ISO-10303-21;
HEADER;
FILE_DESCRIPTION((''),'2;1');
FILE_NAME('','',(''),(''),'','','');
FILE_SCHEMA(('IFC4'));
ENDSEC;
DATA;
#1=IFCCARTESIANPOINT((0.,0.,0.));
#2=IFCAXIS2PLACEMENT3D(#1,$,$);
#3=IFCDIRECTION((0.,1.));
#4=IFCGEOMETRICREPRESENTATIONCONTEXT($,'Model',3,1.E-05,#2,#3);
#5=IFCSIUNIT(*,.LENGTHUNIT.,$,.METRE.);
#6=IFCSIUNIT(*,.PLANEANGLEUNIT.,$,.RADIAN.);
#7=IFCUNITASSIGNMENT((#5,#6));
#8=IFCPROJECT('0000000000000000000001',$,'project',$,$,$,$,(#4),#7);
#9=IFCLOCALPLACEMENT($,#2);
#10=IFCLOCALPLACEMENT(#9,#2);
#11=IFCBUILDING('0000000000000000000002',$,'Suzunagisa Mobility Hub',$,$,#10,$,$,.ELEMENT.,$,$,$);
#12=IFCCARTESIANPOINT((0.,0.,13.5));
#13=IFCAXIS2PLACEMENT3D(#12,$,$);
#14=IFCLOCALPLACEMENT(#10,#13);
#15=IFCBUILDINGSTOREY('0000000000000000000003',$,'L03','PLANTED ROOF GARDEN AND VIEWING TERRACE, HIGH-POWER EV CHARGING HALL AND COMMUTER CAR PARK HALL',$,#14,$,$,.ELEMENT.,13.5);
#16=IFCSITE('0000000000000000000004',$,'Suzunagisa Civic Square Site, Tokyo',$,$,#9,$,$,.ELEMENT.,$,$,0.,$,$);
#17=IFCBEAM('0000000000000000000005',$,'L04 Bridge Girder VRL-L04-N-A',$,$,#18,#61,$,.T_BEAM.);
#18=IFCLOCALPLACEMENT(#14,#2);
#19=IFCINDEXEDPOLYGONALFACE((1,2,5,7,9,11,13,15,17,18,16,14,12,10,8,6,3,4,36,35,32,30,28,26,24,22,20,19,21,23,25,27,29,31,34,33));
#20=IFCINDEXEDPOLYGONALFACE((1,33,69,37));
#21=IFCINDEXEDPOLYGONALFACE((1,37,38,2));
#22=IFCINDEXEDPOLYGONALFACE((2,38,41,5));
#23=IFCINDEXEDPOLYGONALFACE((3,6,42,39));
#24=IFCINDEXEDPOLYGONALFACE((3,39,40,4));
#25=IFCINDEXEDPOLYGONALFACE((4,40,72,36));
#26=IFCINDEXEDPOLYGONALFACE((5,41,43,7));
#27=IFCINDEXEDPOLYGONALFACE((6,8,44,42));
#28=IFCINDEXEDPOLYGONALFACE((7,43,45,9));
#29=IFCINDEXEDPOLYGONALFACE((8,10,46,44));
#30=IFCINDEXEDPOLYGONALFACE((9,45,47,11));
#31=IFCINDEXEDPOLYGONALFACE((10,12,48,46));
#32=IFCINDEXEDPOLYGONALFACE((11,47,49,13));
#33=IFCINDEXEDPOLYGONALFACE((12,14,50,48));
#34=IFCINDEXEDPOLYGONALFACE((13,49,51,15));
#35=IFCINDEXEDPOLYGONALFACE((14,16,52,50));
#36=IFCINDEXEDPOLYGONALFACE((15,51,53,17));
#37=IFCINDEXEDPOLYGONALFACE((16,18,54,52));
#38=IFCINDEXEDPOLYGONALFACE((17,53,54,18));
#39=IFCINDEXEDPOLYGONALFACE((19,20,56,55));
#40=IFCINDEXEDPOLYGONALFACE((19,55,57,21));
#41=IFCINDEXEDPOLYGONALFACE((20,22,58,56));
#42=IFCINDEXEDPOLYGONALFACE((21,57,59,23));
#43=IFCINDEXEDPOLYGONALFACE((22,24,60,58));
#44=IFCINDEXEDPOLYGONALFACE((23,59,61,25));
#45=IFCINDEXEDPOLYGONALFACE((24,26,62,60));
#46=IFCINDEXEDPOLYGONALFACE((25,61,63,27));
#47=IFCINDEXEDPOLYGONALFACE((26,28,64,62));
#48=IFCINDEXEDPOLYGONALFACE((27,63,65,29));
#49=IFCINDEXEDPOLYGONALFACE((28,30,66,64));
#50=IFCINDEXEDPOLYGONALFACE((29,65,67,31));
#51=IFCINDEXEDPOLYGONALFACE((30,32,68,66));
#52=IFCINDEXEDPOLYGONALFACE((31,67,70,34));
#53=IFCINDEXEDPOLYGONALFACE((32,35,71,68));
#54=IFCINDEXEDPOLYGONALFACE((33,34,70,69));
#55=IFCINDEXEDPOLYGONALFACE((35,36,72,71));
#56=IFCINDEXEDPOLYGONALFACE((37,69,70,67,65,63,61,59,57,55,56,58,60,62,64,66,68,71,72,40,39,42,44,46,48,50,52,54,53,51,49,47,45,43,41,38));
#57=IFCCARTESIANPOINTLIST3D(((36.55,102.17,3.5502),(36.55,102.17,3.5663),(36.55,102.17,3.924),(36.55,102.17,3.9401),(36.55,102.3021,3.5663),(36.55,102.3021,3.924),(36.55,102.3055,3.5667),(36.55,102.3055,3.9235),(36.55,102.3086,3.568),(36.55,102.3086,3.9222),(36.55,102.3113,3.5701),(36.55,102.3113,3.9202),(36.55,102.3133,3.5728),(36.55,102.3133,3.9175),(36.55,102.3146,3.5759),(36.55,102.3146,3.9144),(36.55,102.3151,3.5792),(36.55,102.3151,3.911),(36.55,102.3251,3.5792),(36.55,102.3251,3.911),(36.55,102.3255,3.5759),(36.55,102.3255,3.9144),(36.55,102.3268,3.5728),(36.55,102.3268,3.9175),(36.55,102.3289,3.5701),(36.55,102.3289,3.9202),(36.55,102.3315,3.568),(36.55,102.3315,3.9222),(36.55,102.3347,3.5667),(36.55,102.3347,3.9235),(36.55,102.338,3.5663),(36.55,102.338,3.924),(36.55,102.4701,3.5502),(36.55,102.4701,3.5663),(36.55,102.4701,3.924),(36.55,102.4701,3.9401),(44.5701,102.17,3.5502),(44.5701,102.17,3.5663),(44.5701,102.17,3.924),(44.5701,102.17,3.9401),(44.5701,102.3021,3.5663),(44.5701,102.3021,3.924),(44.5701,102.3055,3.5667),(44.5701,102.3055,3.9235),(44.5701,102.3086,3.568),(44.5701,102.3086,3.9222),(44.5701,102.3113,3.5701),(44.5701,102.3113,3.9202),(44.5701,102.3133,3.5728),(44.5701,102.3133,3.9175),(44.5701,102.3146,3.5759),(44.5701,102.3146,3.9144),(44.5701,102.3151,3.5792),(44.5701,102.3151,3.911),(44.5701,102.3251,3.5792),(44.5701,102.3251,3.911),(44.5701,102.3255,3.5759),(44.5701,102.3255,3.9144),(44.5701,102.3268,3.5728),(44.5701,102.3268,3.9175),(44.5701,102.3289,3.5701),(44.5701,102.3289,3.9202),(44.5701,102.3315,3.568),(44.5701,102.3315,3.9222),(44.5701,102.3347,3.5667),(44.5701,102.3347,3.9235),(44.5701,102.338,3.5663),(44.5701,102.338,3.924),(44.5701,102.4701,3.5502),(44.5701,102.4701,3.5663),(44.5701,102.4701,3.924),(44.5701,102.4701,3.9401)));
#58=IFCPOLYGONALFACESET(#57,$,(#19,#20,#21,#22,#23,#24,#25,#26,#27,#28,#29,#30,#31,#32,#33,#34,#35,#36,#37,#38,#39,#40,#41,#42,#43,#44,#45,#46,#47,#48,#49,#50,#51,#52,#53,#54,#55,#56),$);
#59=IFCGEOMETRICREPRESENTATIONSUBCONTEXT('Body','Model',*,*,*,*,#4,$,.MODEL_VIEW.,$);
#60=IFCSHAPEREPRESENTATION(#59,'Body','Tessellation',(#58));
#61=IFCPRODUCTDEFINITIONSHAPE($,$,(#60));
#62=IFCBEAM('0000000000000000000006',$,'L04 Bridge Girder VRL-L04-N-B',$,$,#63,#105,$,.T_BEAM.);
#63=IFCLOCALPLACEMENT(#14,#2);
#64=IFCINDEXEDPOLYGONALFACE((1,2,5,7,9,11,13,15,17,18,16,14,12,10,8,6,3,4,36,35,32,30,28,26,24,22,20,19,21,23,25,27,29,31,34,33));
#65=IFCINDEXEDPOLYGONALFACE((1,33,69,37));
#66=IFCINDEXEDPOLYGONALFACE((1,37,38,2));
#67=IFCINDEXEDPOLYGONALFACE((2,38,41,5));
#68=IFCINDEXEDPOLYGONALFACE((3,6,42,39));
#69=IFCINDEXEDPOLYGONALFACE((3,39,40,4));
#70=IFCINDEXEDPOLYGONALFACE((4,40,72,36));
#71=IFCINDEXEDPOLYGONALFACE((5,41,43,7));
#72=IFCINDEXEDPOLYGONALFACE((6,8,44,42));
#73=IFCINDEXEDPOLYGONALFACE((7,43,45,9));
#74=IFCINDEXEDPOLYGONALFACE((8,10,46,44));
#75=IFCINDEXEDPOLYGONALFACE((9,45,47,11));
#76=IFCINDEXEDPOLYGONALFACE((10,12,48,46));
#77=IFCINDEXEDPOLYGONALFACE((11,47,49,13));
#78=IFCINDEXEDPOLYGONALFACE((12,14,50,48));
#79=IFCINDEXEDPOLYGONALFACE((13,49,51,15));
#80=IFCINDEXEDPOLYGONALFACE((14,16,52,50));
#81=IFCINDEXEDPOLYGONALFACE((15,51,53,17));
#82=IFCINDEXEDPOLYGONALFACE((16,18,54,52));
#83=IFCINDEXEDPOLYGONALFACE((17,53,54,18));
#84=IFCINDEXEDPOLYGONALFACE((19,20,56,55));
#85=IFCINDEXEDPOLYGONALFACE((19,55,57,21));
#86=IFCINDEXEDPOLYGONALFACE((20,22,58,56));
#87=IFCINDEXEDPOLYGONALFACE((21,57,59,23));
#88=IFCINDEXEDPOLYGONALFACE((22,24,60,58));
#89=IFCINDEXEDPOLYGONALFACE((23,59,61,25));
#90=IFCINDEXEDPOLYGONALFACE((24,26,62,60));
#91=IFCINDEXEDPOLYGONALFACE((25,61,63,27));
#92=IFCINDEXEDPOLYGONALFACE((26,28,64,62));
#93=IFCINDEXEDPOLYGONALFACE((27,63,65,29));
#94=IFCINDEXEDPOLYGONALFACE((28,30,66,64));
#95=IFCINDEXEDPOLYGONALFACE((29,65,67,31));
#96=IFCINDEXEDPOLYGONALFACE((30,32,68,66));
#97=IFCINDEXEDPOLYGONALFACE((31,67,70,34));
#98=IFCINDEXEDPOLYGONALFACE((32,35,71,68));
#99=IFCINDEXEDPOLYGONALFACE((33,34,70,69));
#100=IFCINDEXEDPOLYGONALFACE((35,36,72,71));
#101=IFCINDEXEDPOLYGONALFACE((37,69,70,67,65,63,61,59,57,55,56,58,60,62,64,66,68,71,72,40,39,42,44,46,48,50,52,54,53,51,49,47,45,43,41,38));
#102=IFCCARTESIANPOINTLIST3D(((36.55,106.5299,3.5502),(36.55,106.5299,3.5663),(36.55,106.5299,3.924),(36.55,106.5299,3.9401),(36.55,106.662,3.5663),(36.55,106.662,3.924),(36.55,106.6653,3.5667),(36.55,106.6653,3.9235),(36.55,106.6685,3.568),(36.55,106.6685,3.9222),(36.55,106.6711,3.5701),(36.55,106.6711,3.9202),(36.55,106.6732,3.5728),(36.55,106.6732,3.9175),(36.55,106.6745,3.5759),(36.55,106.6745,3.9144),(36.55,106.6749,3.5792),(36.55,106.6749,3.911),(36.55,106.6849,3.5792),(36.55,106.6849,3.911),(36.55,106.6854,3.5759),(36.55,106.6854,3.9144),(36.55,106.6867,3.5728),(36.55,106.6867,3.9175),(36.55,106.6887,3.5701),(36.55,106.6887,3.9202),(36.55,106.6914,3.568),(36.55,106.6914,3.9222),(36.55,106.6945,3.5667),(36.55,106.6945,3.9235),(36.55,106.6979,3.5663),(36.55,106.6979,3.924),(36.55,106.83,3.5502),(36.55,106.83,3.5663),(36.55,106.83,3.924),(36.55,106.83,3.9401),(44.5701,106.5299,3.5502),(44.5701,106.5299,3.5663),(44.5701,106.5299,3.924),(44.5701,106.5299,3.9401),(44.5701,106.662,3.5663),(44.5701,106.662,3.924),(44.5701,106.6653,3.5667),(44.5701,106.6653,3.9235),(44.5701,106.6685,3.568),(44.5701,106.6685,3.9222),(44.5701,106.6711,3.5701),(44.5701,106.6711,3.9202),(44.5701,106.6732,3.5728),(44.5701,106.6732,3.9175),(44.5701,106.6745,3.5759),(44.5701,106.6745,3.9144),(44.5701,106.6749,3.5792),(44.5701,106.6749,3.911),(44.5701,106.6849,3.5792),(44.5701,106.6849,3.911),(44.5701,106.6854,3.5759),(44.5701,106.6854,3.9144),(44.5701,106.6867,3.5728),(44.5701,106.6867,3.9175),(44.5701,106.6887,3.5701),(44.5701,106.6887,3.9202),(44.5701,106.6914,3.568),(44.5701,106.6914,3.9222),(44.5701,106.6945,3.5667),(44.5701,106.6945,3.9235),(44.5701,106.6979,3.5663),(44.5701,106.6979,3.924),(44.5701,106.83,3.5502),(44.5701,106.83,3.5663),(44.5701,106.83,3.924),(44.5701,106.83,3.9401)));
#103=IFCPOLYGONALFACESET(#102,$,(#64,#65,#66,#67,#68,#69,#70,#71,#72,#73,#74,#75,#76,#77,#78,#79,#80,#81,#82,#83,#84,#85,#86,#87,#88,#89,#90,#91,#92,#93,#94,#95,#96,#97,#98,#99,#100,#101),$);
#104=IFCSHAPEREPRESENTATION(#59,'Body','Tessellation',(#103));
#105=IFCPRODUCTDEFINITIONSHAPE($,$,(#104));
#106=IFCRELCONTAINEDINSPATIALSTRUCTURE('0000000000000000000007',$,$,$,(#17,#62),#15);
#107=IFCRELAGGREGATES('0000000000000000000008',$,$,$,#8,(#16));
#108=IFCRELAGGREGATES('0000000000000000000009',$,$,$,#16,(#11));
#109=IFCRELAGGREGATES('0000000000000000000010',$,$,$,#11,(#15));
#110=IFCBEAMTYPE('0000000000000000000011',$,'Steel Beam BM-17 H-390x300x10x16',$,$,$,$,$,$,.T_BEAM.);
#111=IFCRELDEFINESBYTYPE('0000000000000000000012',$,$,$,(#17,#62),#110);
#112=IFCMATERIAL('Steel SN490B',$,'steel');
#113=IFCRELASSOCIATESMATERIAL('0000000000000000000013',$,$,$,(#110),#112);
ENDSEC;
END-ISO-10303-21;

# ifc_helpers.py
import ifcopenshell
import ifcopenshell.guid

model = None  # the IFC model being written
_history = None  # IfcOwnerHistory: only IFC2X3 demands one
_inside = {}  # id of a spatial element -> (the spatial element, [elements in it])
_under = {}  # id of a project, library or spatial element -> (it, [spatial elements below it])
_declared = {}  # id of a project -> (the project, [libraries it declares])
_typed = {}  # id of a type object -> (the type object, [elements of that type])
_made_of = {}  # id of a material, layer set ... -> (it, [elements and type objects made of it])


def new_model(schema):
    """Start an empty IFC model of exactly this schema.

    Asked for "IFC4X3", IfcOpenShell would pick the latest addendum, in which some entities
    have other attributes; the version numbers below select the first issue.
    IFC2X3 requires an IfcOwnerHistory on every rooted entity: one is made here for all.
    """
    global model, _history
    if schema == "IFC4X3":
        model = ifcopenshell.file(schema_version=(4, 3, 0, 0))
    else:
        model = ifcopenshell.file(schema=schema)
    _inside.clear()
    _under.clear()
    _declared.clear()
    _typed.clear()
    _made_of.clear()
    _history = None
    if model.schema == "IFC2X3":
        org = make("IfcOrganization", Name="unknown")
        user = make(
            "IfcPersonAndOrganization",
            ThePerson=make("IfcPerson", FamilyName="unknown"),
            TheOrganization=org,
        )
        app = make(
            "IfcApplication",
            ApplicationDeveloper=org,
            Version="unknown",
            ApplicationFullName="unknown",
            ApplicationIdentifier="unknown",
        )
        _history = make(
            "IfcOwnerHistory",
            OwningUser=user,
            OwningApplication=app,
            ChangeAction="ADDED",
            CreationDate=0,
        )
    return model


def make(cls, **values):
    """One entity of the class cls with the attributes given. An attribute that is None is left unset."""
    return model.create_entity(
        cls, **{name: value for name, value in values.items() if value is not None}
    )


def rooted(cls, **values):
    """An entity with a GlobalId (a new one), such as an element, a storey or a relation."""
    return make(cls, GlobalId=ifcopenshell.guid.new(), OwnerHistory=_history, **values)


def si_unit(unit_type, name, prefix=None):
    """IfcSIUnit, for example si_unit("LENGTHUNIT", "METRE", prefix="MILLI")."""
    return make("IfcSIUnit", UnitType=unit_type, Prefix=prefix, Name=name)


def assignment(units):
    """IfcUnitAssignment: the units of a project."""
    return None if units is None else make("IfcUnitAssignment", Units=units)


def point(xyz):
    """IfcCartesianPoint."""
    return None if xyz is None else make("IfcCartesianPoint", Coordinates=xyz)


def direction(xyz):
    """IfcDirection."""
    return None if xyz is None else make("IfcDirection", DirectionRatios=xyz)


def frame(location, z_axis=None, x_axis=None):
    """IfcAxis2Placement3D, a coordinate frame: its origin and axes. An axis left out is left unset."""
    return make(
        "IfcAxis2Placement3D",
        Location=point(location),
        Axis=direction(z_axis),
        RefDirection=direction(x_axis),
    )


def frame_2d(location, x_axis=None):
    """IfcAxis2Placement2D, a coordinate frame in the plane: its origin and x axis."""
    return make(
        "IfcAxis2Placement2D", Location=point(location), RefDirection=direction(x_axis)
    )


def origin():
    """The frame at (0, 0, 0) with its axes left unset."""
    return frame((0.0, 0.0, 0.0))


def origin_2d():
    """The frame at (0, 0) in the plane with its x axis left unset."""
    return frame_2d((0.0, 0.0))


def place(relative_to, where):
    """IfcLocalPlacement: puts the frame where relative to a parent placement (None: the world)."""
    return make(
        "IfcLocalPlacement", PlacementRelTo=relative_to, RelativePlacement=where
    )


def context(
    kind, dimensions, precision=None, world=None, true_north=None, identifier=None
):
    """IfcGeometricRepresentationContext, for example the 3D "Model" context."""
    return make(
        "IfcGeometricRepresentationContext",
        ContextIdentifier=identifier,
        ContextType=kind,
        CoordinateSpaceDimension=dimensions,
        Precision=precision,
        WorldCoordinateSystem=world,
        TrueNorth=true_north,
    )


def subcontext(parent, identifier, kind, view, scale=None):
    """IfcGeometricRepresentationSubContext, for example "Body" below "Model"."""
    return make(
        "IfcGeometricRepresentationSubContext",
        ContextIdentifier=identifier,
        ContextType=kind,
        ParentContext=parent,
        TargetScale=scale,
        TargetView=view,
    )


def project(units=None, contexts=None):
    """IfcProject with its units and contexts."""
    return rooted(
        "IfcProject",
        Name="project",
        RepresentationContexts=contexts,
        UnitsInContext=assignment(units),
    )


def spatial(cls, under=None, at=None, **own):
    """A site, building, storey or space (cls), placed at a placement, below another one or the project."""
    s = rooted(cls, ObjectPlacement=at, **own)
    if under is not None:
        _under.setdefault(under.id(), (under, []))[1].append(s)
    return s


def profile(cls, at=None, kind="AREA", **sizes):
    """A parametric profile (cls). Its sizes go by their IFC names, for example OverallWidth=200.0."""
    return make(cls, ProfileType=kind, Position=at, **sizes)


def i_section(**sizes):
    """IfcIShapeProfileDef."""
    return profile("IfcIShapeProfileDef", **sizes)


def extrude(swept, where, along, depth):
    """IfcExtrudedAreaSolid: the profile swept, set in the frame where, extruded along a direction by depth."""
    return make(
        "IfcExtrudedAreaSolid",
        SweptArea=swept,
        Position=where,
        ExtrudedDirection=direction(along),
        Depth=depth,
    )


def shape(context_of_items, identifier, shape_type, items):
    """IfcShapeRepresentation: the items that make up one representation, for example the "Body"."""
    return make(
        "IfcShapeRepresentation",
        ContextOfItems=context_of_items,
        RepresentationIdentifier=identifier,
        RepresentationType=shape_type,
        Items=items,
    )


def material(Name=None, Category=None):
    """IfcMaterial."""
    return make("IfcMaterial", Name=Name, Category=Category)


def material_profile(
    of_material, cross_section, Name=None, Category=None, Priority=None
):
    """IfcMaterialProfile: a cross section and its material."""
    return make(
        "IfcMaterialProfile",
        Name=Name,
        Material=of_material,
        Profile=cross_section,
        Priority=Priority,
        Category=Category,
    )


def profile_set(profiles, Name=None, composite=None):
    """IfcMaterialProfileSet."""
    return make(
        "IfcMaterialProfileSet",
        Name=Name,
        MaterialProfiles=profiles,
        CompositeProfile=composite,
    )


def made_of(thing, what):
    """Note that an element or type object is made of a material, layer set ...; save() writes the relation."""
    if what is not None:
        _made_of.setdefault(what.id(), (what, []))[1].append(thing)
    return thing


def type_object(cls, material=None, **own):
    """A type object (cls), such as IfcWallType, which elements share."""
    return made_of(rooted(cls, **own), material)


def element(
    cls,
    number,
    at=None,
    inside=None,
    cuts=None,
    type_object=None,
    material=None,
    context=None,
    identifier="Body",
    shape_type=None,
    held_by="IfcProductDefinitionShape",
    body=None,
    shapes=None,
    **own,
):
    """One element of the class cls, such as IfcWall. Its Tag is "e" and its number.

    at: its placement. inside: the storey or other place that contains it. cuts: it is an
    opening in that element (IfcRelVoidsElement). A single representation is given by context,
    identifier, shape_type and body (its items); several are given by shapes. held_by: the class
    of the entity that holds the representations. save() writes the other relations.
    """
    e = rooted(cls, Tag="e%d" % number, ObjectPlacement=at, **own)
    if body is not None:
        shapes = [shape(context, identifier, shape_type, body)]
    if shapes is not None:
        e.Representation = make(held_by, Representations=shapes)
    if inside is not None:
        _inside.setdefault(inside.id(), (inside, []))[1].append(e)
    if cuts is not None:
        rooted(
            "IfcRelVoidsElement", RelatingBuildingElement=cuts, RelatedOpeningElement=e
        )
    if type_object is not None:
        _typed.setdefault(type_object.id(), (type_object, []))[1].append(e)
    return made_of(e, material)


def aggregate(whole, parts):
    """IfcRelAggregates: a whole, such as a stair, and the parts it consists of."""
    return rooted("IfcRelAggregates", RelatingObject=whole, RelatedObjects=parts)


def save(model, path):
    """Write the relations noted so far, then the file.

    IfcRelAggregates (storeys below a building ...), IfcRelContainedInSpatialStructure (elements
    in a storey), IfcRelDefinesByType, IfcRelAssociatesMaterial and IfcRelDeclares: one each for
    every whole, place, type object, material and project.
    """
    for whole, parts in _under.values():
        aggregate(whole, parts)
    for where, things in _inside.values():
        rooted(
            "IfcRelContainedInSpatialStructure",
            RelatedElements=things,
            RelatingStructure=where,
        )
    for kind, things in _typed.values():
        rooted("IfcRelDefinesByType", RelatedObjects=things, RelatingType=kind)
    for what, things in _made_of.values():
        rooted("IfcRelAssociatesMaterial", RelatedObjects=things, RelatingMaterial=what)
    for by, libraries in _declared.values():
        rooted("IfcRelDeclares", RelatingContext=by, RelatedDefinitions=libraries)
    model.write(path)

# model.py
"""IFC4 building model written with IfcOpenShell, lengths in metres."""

from ifc_helpers import new_model, si_unit, direction, frame, origin, origin_2d, place, context, subcontext, project, spatial, i_section, extrude, material, material_profile, profile_set, type_object, element, save


model = new_model("IFC4")

# Units and contexts
model_context = context("Model", 3, precision=1e-05, world=origin(), true_north=direction((0.0, 1.0)))
body_context = subcontext(model_context, "Body", "Model", "MODEL_VIEW")
ifc_project = project(units=[si_unit("LENGTHUNIT", "METRE"), si_unit("PLANEANGLEUNIT", "RADIAN")], contexts=[model_context])

# Site, building, storey
site_placement = place(None, origin())
site = spatial("IfcSite", under=ifc_project, at=site_placement, Name="Suzunagisa Civic Square Site, Tokyo", CompositionType="ELEMENT", RefElevation=0.0)
building_placement = place(site_placement, origin())
building = spatial("IfcBuilding", under=site, at=building_placement, Name="Suzunagisa Mobility Hub", CompositionType="ELEMENT")
storey_placement = place(building_placement, frame((0.0, 0.0, 13.5)))
storey = spatial("IfcBuildingStorey", under=building, at=storey_placement, Name="L03", Description="PLANTED ROOF GARDEN AND VIEWING TERRACE, HIGH-POWER EV CHARGING HALL AND COMMUTER CAR PARK HALL", CompositionType="ELEMENT", Elevation=13.5)

# Shared definitions
ifc_material_1 = material(Name="Steel SN490B", Category="steel")

# Beams
ifc_material_profile_1 = material_profile(ifc_material_1, i_section(OverallWidth=0.3, OverallDepth=0.3899, WebThickness=0.01, FlangeThickness=0.0161, FilletRadius=0.0129, at=origin_2d()), Name="H-390x300x10x16")
ifc_profile_set_1 = profile_set([ifc_material_profile_1], Name="Steel SN490B")
beam_type_1 = type_object("IfcBeamType", Name="Steel Beam BM-17 H-390x300x10x16", PredefinedType="T_BEAM", material=ifc_profile_set_1)
for number, where, z_axis, x_axis, name in (
    (1, (36.55, 102.3201, 3.7451), (1.0, 0.0, 0.0), (0.0, 1.0, 0.0), "L04 Bridge Girder VRL-L04-N-A"),
    (2, (36.55, 106.6799, 3.7451), (1.0, 0.0, 0.0), (0.0, 1.0, 0.0), "L04 Bridge Girder VRL-L04-N-B"),
):
    element("IfcBeam", number, at=place(storey_placement, frame(where, z_axis=z_axis, x_axis=x_axis)), inside=storey, type_object=beam_type_1, Name=name, PredefinedType="T_BEAM", context=body_context, shape_type="SweptSolid", body=[
        extrude(i_section(OverallWidth=0.3, OverallDepth=0.3899, WebThickness=0.01, FlangeThickness=0.0161, FilletRadius=0.0129, at=origin_2d()), origin(), (0.0, 0.0, 1.0), 8.02),
    ])

save(model, "model.ifc")
